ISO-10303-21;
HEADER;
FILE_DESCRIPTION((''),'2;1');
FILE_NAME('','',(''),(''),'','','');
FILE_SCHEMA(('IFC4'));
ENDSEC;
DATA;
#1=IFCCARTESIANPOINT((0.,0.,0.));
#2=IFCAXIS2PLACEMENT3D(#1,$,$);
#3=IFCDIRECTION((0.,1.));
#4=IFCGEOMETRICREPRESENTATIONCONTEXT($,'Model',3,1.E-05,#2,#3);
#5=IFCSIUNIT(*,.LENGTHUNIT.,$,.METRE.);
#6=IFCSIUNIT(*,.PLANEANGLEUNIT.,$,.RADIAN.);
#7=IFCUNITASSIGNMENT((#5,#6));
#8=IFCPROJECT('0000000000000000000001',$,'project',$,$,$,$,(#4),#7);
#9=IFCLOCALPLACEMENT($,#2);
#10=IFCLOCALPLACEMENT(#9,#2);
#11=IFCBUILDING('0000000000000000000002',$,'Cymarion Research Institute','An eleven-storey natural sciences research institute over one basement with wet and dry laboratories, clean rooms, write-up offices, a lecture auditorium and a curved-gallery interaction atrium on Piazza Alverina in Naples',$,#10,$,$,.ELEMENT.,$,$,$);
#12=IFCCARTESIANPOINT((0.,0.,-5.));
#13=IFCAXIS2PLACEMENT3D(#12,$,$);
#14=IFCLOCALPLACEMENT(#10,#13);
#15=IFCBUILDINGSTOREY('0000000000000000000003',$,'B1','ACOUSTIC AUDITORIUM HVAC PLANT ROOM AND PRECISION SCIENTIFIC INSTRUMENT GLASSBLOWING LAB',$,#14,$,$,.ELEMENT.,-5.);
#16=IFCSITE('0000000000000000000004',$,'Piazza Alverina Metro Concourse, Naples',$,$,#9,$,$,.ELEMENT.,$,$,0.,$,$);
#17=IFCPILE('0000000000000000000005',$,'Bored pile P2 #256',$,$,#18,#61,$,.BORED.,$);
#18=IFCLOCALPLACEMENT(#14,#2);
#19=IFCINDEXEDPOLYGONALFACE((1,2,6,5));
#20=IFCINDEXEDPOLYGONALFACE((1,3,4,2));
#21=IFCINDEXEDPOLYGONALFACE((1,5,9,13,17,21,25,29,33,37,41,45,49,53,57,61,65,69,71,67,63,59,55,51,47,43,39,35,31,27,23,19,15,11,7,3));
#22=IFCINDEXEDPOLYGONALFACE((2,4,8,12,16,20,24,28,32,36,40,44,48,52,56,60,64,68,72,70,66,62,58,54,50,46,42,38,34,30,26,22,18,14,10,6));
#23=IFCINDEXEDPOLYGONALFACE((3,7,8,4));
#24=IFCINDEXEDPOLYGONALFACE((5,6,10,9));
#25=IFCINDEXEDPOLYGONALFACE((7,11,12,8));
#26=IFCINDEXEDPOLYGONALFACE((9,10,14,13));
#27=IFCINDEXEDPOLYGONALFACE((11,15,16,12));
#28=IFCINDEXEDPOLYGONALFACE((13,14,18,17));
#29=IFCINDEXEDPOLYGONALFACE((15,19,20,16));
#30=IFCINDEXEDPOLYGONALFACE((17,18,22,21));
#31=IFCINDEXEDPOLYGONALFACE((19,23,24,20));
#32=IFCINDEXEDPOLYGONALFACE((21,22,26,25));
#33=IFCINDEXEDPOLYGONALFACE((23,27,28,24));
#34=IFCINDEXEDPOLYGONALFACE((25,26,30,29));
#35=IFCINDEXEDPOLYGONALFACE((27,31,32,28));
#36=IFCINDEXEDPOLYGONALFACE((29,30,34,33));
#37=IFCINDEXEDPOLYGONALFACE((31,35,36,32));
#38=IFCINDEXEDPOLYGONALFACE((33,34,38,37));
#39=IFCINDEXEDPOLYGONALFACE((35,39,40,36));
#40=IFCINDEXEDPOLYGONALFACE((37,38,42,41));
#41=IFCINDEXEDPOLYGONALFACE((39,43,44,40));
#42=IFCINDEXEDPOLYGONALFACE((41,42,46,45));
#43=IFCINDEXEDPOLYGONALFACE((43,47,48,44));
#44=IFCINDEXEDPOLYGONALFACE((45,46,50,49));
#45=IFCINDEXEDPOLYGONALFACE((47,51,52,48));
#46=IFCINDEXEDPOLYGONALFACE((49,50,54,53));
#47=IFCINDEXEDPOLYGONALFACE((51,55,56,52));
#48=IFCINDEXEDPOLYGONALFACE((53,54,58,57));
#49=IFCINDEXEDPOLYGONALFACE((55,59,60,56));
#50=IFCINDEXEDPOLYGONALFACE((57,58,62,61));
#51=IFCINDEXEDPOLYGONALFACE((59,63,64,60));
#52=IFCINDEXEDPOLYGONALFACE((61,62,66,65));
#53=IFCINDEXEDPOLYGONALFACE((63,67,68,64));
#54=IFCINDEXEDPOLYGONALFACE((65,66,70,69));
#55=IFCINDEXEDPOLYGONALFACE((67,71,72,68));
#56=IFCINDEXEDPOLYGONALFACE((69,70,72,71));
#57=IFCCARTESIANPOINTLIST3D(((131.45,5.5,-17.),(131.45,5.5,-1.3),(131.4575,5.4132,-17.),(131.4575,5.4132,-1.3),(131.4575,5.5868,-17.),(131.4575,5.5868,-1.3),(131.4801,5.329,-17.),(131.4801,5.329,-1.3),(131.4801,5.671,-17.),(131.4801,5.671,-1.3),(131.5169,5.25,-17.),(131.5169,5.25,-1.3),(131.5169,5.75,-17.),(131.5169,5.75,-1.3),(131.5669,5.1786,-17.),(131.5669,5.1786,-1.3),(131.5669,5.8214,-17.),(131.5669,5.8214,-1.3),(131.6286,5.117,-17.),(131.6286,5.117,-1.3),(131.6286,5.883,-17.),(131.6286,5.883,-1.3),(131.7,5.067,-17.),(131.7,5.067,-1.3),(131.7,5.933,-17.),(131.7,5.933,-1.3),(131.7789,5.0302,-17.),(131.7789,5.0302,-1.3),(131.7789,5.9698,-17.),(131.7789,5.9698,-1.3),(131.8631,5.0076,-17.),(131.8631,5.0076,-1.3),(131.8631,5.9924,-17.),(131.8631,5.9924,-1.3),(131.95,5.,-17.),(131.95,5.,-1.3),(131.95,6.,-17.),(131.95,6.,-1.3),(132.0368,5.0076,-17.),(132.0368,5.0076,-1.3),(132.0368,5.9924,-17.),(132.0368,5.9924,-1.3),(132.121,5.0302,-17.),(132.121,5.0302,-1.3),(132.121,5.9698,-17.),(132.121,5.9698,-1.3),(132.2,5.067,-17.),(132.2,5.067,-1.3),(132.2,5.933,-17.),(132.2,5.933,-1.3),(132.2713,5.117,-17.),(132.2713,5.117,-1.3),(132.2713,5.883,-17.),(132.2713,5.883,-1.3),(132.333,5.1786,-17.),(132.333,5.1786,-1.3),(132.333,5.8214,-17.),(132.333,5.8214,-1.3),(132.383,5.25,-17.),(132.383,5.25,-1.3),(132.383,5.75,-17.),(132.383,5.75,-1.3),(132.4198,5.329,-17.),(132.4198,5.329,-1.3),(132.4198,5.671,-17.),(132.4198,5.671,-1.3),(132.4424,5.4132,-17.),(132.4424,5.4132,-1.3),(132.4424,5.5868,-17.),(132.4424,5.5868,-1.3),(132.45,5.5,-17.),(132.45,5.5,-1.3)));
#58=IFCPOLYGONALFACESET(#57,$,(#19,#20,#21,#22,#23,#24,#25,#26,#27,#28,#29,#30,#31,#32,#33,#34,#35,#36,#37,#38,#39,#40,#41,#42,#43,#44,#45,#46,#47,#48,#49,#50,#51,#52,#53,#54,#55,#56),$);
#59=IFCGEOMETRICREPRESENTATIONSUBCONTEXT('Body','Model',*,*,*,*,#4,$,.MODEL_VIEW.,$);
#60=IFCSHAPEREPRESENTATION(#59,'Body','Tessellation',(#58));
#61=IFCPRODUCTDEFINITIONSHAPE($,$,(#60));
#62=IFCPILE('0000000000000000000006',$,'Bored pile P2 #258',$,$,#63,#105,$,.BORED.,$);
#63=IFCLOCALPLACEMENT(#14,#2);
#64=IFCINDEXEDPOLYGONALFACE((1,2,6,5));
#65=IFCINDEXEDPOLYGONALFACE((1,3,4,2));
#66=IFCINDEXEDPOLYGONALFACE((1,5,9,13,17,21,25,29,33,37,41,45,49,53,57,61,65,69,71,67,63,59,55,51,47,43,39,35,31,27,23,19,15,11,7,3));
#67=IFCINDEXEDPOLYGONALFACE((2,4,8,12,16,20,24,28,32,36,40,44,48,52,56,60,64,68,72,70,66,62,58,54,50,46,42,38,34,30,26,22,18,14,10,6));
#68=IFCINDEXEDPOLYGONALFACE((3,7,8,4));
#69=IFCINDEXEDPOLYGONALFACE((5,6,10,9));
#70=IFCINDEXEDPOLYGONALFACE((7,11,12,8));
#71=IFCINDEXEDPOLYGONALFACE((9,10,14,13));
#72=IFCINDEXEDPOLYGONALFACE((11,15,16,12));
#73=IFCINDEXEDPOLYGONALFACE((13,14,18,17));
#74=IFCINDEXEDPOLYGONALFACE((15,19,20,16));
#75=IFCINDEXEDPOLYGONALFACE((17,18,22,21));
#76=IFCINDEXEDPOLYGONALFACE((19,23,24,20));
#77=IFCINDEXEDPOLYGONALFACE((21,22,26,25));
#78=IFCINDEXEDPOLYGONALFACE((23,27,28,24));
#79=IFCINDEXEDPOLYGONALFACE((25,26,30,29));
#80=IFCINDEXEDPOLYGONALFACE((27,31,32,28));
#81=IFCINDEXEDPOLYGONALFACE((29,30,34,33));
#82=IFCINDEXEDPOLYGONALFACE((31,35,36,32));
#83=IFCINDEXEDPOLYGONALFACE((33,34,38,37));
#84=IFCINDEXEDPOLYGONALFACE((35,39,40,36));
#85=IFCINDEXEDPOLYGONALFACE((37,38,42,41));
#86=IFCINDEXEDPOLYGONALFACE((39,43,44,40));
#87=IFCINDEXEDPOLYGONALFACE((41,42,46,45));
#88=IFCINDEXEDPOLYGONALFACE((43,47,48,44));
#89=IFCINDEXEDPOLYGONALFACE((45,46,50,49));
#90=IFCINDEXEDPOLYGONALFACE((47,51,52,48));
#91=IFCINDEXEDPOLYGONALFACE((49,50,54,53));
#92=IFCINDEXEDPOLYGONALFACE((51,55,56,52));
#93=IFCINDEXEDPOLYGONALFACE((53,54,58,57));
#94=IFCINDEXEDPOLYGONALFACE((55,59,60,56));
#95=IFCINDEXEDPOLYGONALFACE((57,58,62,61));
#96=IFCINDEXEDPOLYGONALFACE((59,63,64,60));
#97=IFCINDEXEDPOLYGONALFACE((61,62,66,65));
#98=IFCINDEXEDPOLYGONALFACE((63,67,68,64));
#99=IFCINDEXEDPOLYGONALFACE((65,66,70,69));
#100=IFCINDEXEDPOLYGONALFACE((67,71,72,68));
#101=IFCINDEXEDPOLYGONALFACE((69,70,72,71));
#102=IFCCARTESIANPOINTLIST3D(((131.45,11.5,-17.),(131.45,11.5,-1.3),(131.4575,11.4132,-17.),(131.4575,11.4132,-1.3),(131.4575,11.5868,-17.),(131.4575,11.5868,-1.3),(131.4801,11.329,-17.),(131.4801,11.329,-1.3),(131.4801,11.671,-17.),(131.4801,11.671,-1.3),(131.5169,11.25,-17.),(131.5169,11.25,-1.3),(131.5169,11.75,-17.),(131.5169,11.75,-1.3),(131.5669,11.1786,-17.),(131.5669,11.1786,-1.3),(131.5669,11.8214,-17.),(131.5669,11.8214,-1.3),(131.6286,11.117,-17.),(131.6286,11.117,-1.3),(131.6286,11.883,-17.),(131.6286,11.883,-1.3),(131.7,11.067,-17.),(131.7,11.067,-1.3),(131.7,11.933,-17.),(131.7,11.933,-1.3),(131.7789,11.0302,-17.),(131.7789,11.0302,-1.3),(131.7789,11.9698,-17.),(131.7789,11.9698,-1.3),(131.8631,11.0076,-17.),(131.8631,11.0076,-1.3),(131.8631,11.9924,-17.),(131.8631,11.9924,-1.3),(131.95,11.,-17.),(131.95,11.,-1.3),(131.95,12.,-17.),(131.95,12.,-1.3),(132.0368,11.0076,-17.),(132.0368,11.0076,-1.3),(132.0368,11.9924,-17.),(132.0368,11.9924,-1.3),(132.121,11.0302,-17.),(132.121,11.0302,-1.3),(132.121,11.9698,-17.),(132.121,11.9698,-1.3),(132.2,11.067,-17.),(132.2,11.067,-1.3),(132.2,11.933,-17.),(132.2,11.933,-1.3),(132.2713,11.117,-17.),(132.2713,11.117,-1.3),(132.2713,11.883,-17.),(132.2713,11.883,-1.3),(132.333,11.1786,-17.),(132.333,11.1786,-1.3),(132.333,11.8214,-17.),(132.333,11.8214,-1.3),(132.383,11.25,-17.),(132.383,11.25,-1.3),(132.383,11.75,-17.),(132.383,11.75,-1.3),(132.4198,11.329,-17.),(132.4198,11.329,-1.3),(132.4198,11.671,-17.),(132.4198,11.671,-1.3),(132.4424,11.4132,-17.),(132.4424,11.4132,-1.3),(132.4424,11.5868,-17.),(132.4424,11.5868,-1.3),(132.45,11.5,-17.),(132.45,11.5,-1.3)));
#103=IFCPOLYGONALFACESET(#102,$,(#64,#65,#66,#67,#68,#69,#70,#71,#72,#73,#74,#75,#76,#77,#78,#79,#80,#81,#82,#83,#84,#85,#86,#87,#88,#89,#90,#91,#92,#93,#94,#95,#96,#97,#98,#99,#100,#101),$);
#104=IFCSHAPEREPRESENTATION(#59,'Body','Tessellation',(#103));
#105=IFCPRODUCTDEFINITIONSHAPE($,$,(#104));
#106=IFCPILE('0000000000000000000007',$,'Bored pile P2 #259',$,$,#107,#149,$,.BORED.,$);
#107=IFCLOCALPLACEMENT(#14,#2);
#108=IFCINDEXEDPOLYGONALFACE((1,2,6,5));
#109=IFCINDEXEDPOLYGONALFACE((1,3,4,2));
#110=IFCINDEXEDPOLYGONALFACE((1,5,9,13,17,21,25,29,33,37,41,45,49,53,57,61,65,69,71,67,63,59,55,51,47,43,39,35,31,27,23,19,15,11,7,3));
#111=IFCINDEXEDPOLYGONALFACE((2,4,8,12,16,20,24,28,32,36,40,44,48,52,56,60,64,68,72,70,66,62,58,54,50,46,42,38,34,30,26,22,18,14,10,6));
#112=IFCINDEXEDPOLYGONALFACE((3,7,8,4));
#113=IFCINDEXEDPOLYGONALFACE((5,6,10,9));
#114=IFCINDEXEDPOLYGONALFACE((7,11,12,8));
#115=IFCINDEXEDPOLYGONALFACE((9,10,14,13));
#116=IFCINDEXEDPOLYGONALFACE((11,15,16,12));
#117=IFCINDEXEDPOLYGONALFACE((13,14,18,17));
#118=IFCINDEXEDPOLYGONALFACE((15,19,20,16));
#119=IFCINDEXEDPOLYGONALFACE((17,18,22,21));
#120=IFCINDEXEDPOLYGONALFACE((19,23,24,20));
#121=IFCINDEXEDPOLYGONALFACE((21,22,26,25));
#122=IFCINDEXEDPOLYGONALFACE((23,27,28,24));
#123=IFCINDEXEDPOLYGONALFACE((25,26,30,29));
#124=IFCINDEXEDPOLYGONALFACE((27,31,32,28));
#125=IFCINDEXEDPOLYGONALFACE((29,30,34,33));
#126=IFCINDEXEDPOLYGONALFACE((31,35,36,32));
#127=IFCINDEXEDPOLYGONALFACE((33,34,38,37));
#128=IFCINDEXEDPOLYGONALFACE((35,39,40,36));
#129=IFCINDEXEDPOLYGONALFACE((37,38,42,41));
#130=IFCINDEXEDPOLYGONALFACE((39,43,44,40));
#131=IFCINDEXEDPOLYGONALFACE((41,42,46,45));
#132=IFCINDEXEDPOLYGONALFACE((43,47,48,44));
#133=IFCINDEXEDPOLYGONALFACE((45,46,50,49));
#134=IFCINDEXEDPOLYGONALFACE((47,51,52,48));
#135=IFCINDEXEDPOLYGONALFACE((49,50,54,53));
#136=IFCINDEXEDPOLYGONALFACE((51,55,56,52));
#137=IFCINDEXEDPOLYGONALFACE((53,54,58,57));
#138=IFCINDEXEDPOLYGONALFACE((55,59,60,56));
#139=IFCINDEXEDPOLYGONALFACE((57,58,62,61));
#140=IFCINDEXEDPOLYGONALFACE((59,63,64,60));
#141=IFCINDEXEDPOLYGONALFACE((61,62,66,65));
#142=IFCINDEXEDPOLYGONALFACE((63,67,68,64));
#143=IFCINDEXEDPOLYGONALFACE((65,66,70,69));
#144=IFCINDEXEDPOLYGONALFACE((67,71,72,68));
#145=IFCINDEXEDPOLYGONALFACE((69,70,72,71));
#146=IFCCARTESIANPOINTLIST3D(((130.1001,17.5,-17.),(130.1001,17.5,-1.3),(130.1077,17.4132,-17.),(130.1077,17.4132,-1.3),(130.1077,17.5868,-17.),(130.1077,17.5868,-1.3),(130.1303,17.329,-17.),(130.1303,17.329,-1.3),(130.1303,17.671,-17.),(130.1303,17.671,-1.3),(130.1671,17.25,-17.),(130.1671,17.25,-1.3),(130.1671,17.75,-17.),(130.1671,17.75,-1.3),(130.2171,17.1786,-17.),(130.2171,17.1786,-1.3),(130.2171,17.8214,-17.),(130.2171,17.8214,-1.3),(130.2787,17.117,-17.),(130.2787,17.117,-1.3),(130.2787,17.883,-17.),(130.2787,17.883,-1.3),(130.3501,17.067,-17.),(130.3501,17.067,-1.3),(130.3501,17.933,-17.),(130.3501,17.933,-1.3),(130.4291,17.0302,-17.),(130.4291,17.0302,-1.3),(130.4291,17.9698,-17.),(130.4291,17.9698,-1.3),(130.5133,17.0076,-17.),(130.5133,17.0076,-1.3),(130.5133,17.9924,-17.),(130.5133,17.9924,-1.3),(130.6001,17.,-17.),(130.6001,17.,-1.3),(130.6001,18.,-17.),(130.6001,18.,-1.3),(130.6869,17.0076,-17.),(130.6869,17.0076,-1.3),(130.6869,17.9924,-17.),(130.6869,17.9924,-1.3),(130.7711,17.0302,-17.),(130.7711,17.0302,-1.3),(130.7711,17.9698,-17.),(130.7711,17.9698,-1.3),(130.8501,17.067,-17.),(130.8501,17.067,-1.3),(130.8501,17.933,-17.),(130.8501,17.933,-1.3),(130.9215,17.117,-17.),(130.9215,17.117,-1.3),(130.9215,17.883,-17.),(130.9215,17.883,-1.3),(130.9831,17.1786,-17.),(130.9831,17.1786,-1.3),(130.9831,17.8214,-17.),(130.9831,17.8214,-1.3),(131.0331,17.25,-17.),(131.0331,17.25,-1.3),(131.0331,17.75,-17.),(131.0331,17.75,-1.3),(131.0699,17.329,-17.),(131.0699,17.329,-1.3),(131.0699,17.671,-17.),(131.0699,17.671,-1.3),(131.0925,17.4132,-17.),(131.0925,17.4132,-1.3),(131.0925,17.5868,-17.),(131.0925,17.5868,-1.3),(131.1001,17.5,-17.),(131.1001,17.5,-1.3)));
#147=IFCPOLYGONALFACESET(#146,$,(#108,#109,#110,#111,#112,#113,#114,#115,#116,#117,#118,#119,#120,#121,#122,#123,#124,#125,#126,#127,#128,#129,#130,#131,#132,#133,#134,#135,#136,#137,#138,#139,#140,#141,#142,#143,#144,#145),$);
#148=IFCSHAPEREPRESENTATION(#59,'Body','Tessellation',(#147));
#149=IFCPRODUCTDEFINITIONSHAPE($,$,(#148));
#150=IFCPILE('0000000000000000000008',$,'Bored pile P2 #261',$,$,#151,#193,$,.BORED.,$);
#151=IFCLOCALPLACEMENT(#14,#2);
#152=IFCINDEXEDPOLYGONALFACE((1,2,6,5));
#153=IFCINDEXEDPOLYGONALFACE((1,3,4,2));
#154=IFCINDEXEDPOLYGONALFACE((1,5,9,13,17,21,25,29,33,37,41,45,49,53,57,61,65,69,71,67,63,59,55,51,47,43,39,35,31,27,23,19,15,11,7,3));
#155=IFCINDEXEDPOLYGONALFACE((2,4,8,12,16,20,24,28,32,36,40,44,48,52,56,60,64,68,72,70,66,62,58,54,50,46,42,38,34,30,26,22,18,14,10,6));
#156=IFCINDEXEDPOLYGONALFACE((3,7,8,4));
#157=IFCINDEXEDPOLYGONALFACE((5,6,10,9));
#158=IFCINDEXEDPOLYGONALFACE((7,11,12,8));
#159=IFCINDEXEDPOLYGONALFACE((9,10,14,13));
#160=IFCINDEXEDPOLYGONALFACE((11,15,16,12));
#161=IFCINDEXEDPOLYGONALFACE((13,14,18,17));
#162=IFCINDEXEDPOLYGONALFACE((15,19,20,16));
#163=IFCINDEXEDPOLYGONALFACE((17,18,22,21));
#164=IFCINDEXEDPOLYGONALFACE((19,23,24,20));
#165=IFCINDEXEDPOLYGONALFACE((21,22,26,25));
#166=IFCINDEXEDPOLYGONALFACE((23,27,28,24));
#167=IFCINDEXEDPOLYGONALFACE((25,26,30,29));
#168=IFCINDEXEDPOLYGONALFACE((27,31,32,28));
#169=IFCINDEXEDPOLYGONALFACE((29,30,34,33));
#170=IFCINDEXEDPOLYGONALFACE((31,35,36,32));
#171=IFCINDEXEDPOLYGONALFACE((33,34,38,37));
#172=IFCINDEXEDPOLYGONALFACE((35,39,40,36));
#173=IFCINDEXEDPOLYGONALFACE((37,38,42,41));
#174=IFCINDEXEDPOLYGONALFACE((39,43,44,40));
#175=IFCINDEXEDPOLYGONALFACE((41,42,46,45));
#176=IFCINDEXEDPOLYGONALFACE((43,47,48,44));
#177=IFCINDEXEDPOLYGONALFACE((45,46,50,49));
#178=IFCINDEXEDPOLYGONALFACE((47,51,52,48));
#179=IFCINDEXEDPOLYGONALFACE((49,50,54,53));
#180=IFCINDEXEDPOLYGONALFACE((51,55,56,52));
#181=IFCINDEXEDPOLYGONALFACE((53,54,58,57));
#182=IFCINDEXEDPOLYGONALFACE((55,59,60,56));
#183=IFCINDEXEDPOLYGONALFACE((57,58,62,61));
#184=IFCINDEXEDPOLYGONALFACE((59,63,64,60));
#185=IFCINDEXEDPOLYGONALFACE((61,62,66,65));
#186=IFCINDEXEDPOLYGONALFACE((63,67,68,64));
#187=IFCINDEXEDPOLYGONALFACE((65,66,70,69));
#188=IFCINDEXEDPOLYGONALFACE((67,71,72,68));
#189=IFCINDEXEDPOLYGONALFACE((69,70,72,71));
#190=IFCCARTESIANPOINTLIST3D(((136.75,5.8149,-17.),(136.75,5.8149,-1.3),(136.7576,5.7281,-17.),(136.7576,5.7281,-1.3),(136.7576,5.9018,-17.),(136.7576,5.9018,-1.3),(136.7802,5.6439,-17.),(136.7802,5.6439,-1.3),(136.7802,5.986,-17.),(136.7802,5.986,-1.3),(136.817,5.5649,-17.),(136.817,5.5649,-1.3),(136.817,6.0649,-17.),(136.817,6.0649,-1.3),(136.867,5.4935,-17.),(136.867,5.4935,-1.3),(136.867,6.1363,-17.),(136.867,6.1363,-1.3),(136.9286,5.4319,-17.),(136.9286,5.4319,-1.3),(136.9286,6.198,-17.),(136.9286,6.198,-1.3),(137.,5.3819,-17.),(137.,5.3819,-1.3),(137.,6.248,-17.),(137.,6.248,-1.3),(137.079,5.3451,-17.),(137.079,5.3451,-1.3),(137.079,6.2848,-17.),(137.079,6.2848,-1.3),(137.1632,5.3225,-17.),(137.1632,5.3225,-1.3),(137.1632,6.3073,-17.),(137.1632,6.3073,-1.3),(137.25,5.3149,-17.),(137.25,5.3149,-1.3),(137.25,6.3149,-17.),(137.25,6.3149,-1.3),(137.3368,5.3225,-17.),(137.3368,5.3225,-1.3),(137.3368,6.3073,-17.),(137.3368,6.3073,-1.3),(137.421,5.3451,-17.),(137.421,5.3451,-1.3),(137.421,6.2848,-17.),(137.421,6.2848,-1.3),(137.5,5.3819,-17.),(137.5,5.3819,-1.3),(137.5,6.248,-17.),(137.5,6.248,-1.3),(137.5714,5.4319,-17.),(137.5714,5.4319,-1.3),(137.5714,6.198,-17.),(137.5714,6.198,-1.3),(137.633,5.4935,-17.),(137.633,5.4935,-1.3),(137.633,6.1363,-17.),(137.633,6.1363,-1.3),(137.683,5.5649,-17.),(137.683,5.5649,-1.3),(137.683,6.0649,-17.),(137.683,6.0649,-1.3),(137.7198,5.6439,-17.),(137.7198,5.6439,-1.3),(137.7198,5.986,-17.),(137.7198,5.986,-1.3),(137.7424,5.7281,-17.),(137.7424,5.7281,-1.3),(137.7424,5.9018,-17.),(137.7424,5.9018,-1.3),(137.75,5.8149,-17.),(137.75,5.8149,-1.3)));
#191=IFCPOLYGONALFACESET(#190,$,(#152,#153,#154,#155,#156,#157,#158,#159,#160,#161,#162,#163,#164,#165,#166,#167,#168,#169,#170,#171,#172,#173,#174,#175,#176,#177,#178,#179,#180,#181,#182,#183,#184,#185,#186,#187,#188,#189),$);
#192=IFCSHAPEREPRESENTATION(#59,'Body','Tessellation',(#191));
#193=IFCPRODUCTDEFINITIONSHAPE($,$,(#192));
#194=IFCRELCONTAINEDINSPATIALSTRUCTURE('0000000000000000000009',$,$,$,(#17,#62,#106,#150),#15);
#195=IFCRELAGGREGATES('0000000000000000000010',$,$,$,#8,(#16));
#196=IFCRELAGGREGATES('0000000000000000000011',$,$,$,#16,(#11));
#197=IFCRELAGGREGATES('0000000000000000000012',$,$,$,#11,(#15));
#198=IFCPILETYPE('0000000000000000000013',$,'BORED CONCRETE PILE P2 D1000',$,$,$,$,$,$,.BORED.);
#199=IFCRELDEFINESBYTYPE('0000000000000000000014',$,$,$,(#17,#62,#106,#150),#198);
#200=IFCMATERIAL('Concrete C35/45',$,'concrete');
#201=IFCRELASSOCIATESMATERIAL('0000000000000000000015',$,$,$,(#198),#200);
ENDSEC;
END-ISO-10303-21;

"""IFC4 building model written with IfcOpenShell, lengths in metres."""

from ifc_helpers import new_model, si_unit, direction, frame, origin, origin_2d, place, context, subcontext, project, spatial, circle, extrude, material, material_profile, profile_set, type_object, element, save


model = new_model("IFC4")

# Units and contexts
model_context = context("Model", 3, precision=1e-05, world=origin(), true_north=direction((0.0, 1.0)))
body_context = subcontext(model_context, "Body", "Model", "MODEL_VIEW")
ifc_project = project(units=[si_unit("LENGTHUNIT", "METRE"), si_unit("PLANEANGLEUNIT", "RADIAN")], contexts=[model_context])

# Site, building, storey
site_placement = place(None, origin())
site = spatial("IfcSite", under=ifc_project, at=site_placement, Name="Piazza Alverina Metro Concourse, Naples", CompositionType="ELEMENT", RefElevation=0.0)
building_placement = place(site_placement, origin())
building = spatial("IfcBuilding", under=site, at=building_placement, Name="Cymarion Research Institute", Description="An eleven-storey natural sciences research institute over one basement with wet and dry laboratories, clean rooms, write-up offices, a lecture auditorium and a curved-gallery interaction atrium on Piazza Alverina in Naples", CompositionType="ELEMENT")
storey_placement = place(building_placement, frame((0.0, 0.0, -5.0)))
storey = spatial("IfcBuildingStorey", under=building, at=storey_placement, Name="B1", Description="ACOUSTIC AUDITORIUM HVAC PLANT ROOM AND PRECISION SCIENTIFIC INSTRUMENT GLASSBLOWING LAB", CompositionType="ELEMENT", Elevation=-5.0)

# Piles
ifc_material_1 = material(Name="Concrete C35/45", Category="concrete")
ifc_material_profile_1 = material_profile(ifc_material_1, circle(Radius=0.5, at=origin_2d()), Name="BORED PILE D1000")
ifc_profile_set_1 = profile_set([ifc_material_profile_1], Name="Concrete C35/45")
pile_type = type_object("IfcPileType", Name="BORED CONCRETE PILE P2 D1000", PredefinedType="BORED", material=ifc_profile_set_1)
for number, where, z_axis, x_axis, name in (
    (1, (131.95, 5.5, -1.3), (0.0, 0.0, -1.0), (1.0, 0.0, 0.0), "Bored pile P2 #256"),
    (2, (131.95, 11.5, -1.3), (0.0, 0.0, -1.0), (1.0, 0.0, 0.0), "Bored pile P2 #258"),
    (3, (130.6001, 17.5, -1.3), (0.0, 0.0, -1.0), (1.0, 0.0, 0.0), "Bored pile P2 #259"),
    (4, (137.25, 5.8149, -1.3), (0.0, 0.0, -1.0), (1.0, 0.0, 0.0), "Bored pile P2 #261"),
):
    element("IfcPile", number, at=place(storey_placement, frame(where, z_axis=z_axis, x_axis=x_axis)), inside=storey, type_object=pile_type, Name=name, PredefinedType="BORED", context=body_context, shape_type="SweptSolid", body=[
        extrude(circle(Radius=0.5, at=origin_2d()), origin(), (0.0, 0.0, 1.0), 15.7),
    ])

save(model, "model.ifc")
